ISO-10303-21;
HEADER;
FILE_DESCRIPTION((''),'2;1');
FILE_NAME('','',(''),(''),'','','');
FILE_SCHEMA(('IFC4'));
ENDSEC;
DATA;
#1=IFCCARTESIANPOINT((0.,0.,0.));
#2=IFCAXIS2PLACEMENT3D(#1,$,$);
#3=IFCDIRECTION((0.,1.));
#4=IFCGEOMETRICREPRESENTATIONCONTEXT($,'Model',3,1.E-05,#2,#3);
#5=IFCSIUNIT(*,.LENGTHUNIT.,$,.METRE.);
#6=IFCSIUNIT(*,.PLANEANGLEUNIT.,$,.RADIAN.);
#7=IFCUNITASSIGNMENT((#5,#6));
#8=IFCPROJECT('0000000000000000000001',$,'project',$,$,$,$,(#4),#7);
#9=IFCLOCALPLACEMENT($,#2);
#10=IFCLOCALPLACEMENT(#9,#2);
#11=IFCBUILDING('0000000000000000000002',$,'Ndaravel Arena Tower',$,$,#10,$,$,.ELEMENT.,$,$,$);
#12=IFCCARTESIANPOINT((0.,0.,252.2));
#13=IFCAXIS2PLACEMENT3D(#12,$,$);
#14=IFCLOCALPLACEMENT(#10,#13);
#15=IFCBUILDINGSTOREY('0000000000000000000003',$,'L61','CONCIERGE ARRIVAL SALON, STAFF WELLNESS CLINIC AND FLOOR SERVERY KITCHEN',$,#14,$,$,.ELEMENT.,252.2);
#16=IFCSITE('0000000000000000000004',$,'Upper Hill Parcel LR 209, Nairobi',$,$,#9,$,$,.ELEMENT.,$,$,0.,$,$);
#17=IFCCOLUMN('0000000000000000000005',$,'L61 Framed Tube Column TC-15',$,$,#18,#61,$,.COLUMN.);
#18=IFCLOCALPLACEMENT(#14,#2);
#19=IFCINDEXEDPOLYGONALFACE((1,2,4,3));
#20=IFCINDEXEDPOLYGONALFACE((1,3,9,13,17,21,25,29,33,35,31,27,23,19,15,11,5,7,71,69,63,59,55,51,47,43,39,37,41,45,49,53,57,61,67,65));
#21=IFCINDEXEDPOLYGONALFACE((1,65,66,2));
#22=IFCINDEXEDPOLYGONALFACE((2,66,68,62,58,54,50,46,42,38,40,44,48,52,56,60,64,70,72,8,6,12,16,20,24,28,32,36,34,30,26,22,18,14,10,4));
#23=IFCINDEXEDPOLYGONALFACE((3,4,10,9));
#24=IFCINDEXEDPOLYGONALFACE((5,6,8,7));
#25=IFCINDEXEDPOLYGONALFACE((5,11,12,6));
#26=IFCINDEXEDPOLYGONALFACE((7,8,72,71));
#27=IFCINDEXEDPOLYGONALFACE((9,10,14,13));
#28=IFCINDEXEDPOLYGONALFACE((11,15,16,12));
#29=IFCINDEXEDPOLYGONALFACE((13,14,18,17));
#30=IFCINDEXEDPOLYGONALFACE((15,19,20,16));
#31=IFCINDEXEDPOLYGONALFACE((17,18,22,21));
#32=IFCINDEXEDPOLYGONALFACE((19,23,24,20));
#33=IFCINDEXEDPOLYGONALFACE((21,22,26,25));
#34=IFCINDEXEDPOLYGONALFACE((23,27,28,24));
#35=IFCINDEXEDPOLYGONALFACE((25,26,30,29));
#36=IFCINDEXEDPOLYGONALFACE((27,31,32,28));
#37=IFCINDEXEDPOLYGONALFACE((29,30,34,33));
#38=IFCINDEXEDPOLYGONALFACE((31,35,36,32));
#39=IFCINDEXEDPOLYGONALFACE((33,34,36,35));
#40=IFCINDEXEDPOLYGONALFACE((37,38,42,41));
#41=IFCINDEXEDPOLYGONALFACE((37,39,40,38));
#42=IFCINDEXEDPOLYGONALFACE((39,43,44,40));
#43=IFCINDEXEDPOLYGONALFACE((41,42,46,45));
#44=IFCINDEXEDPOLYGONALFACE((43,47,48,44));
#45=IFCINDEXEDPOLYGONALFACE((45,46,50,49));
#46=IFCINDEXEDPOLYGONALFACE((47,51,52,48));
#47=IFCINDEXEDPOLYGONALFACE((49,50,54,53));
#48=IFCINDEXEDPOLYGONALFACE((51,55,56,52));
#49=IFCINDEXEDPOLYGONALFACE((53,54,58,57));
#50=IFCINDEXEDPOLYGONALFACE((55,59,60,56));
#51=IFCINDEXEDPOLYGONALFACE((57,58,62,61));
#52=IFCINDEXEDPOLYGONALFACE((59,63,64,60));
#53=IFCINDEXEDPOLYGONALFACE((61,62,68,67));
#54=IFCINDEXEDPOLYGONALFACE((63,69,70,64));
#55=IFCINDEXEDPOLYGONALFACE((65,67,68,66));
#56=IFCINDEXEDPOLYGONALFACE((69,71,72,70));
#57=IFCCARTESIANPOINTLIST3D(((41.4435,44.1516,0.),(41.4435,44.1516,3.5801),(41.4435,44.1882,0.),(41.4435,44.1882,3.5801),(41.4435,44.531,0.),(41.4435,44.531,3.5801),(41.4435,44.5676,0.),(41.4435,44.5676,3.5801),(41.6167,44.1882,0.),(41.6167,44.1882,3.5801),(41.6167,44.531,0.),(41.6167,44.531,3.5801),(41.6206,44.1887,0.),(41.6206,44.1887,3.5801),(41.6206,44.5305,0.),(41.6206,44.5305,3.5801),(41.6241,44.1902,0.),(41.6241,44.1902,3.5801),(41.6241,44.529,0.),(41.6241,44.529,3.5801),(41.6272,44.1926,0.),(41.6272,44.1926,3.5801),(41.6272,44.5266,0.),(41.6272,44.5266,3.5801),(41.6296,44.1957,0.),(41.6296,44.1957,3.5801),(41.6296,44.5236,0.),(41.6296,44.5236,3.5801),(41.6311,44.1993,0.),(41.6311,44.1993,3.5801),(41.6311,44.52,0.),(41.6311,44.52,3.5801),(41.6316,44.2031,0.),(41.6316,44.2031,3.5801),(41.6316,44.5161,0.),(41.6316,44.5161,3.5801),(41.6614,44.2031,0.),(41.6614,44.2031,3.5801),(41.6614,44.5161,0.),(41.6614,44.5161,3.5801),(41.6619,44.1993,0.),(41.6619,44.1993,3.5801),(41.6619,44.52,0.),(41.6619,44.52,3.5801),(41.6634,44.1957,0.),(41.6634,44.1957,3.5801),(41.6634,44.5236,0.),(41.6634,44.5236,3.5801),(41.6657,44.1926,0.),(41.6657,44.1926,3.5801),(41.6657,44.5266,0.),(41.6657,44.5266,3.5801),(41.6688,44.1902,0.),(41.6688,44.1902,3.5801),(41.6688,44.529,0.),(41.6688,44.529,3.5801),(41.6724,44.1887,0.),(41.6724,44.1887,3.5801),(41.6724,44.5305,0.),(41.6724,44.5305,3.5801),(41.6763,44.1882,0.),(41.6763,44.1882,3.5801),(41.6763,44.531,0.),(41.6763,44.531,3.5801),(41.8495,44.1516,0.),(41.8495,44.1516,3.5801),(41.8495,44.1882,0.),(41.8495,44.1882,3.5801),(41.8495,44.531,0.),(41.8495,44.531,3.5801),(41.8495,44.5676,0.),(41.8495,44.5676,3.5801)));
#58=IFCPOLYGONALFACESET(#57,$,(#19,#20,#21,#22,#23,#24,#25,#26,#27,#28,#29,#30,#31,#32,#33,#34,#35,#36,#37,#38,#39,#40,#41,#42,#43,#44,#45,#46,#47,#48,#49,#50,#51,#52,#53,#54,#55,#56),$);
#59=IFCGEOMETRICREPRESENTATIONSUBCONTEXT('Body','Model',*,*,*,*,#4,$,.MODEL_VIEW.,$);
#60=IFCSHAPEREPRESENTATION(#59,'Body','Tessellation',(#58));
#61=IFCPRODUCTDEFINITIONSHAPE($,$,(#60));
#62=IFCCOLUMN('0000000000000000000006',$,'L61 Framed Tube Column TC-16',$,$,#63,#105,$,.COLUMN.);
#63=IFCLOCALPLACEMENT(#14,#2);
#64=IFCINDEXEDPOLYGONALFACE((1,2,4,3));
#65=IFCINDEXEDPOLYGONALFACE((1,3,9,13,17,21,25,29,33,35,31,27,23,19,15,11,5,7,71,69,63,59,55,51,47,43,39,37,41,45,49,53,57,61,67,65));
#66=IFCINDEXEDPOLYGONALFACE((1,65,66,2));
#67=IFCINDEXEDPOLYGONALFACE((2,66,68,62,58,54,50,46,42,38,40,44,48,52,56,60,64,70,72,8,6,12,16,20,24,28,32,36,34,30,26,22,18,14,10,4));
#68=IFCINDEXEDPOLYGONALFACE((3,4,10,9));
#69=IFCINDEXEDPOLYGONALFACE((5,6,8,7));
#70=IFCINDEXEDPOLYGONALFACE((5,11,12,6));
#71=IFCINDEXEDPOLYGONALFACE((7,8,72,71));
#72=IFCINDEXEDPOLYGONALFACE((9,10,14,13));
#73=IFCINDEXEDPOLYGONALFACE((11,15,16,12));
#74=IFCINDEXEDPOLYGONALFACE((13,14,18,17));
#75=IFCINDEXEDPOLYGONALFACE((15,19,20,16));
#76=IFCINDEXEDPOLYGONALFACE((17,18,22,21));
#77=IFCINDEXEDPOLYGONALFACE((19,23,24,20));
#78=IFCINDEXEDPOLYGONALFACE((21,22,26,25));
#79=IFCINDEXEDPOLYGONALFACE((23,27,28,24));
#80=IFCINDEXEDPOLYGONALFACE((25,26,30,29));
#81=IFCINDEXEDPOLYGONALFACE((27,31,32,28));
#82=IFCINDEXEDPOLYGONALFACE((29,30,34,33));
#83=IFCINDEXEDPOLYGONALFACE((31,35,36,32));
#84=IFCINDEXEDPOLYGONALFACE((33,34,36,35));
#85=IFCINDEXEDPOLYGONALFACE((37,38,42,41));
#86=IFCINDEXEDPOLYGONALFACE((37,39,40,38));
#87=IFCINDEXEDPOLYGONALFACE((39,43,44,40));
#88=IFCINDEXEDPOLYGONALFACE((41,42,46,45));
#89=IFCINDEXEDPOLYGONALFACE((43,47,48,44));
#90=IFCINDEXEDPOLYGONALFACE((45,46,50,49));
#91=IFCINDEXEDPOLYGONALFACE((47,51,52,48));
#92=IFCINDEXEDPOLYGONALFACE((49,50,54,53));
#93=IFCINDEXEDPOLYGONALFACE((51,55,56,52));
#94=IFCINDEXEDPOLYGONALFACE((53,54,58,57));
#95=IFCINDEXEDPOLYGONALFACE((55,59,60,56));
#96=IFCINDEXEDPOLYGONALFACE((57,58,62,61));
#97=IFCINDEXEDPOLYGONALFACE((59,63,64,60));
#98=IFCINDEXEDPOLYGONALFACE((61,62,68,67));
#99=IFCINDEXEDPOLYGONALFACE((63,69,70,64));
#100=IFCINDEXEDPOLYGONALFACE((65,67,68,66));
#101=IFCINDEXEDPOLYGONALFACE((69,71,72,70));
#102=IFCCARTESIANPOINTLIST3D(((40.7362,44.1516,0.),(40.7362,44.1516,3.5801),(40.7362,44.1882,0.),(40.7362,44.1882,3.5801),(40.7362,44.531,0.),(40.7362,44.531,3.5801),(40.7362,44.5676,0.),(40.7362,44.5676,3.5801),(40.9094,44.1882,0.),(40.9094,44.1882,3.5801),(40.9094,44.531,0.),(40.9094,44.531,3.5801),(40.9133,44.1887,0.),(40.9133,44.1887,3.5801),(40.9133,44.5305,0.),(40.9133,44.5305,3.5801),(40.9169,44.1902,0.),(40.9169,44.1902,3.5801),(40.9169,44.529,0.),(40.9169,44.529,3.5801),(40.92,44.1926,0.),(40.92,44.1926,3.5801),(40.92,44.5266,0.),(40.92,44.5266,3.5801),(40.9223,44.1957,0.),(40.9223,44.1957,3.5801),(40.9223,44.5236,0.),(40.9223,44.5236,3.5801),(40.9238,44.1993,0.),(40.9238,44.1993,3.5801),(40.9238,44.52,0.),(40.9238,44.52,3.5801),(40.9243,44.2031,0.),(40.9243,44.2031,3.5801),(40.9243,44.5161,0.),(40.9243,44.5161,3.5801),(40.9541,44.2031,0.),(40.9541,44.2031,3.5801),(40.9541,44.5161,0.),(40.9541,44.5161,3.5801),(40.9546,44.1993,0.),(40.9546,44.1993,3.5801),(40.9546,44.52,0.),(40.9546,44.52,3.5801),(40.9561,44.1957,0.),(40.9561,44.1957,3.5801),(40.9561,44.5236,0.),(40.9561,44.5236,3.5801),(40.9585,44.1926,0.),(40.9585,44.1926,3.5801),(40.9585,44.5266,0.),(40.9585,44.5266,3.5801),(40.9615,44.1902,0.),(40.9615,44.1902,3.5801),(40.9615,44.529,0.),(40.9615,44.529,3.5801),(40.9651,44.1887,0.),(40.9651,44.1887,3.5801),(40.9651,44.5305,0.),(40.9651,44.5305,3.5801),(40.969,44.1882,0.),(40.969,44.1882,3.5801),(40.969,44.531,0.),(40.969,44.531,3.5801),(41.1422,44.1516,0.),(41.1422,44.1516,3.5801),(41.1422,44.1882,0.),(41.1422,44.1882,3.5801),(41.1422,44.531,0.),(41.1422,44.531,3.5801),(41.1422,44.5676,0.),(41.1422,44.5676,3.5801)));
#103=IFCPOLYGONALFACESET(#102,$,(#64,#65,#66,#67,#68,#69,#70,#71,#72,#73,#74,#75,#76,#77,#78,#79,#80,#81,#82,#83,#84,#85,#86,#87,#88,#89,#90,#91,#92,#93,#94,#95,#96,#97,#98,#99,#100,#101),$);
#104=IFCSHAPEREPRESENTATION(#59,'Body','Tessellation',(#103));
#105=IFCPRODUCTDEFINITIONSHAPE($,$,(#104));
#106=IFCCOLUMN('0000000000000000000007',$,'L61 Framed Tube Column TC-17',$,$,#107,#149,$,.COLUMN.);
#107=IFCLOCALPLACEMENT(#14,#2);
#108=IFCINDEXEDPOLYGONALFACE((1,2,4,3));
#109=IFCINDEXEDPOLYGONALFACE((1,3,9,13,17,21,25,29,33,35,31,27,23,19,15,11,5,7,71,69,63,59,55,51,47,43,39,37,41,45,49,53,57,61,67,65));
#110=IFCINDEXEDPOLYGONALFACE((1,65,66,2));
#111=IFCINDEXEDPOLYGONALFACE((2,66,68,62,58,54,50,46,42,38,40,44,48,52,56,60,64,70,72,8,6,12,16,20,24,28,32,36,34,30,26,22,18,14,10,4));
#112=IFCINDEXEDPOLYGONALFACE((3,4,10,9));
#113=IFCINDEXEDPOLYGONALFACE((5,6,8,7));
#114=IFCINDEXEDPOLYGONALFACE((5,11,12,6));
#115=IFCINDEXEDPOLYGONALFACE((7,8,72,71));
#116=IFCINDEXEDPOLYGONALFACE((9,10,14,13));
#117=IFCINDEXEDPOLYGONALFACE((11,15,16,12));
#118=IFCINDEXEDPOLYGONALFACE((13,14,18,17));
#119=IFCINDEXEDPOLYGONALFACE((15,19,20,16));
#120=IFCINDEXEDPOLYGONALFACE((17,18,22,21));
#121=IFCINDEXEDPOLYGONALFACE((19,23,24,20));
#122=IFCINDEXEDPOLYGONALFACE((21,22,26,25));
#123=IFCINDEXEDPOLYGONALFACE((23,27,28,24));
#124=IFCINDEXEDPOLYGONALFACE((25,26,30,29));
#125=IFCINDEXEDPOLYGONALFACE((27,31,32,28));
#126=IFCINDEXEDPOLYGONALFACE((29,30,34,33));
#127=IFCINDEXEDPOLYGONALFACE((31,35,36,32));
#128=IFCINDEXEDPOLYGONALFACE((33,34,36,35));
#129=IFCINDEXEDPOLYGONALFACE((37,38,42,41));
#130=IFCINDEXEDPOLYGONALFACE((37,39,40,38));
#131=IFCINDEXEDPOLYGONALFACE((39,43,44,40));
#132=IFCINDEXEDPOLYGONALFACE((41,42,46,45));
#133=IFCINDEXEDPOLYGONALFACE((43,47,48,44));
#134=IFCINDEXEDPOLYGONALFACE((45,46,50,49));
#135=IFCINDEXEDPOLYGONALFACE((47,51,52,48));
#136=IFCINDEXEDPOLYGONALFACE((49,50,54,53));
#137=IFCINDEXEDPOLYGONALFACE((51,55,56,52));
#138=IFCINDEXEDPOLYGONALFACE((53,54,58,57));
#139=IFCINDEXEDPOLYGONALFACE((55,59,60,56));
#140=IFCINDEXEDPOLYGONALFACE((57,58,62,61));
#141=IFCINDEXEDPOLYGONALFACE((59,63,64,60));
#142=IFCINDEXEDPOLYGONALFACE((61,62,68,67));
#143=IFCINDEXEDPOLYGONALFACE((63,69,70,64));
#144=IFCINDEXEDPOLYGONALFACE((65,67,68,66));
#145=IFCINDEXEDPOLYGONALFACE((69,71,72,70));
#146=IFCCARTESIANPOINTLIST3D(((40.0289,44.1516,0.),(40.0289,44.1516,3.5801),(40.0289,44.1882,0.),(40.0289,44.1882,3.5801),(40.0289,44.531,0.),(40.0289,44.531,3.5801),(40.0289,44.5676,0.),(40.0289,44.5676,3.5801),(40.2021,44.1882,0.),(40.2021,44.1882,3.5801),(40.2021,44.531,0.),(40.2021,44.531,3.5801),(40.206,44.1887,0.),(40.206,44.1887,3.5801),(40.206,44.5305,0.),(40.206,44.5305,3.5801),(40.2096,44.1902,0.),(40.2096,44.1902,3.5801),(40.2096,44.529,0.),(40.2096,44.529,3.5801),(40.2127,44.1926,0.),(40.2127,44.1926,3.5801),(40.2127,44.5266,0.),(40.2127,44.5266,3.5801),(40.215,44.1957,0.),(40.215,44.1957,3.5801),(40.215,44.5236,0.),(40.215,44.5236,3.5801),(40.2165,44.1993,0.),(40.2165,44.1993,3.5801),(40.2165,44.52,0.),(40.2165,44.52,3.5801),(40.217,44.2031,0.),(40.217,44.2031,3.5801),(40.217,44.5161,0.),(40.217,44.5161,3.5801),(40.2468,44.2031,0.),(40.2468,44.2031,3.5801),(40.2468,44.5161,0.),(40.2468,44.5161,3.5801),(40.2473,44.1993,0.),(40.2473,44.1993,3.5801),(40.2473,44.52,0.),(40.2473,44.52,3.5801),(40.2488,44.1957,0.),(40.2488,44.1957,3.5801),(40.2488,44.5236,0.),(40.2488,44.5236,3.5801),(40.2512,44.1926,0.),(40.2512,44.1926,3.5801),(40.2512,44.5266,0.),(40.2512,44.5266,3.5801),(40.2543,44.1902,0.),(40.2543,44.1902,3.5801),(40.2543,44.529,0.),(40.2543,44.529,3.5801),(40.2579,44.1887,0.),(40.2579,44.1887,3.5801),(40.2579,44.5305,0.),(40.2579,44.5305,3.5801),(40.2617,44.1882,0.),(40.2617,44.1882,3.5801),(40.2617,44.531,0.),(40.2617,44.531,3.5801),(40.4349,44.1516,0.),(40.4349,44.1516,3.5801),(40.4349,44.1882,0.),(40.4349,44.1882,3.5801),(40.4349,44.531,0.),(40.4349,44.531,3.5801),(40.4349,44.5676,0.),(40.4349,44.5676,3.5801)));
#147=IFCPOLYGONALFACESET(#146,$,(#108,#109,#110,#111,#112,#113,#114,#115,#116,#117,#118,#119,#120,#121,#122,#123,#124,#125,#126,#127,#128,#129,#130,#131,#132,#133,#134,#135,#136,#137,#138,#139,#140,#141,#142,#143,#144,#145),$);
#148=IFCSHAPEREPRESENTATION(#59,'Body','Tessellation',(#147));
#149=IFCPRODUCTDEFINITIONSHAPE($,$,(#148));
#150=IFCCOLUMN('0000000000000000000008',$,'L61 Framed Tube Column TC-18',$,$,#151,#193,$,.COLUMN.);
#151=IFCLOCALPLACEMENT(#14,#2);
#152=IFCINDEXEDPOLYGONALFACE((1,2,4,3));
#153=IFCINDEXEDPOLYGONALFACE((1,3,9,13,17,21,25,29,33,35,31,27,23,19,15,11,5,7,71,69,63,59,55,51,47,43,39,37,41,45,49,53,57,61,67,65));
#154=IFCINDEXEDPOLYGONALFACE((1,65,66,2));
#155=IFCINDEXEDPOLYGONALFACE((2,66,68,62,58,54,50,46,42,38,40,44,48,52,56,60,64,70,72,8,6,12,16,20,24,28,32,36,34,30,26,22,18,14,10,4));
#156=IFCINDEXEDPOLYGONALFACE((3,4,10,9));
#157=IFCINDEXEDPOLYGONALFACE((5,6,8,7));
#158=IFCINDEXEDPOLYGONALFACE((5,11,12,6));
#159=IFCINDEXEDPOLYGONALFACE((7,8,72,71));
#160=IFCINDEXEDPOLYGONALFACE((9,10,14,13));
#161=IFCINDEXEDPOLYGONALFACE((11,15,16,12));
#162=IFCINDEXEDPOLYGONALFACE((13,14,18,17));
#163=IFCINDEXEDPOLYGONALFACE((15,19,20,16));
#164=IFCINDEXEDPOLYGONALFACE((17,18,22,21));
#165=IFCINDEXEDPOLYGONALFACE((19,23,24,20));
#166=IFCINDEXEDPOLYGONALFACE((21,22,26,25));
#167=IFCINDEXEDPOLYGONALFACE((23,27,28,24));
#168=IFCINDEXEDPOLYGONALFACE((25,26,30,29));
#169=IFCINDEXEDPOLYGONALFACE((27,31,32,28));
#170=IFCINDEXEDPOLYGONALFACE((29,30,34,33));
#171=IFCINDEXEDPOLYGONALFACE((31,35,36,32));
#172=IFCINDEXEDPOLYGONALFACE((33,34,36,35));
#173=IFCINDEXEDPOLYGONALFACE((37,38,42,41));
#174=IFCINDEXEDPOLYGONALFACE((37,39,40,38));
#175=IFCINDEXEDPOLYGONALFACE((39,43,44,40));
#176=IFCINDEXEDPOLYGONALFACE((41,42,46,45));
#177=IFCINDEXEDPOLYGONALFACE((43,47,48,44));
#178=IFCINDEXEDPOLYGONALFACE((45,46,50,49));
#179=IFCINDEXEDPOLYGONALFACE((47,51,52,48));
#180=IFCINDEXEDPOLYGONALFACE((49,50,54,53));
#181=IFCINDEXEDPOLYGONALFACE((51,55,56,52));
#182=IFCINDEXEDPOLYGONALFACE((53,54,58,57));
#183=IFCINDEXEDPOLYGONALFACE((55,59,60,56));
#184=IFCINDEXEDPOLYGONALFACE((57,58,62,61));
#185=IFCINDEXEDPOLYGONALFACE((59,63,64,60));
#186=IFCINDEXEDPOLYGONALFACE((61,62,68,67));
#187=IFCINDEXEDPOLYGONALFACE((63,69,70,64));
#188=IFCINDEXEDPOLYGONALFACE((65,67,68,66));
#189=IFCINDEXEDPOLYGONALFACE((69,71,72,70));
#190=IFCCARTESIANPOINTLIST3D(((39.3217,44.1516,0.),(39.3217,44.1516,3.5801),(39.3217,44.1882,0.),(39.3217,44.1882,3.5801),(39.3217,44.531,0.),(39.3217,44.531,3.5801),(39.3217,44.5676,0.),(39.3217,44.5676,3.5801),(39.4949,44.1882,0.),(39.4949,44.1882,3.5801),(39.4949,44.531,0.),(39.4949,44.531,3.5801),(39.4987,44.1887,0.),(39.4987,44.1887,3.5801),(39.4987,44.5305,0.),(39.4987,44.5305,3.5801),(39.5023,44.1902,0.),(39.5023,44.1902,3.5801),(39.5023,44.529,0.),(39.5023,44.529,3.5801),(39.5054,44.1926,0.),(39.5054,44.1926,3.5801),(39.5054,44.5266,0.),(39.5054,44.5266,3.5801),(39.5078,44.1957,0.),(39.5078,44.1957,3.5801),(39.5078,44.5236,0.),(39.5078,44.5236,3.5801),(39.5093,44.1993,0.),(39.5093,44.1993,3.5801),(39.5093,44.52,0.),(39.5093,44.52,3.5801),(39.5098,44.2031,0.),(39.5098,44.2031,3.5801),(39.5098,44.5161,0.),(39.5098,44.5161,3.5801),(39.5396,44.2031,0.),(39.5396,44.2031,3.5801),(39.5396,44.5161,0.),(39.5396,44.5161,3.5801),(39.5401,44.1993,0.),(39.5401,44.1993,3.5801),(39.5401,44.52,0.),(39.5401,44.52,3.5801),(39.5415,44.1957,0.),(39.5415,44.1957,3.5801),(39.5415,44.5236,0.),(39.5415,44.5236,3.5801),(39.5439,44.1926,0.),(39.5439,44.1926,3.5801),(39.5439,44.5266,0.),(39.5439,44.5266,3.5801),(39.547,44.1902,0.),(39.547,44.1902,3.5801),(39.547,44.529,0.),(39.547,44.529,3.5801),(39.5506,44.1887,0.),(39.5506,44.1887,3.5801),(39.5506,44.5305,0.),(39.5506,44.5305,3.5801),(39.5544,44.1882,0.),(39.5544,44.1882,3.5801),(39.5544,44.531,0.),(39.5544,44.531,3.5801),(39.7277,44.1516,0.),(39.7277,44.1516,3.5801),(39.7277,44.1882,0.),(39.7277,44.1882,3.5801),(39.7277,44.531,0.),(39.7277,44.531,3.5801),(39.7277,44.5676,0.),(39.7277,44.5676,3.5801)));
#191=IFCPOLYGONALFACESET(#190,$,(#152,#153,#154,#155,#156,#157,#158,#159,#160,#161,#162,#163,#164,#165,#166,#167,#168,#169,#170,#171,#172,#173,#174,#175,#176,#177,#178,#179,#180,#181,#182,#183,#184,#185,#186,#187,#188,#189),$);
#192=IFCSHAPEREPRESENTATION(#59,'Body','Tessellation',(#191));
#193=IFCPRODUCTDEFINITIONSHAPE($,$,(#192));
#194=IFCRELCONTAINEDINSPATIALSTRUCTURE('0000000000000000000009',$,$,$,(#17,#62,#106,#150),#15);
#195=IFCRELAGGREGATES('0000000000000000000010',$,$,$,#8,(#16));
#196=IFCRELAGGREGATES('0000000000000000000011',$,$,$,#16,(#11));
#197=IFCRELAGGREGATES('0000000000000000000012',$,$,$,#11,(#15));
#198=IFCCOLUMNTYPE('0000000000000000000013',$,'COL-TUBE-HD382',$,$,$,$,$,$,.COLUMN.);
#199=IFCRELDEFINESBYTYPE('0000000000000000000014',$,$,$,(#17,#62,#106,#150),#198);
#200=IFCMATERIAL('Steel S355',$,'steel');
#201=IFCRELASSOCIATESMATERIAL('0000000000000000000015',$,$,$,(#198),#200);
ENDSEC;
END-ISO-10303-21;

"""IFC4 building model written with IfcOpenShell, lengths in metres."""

from ifc_helpers import new_model, si_unit, direction, frame, origin, origin_2d, place, context, subcontext, project, spatial, i_section, extrude, material, material_profile, profile_set, type_object, element, save


model = new_model("IFC4")

# Units and contexts
model_context = context("Model", 3, precision=1e-05, world=origin(), true_north=direction((0.0, 1.0)))
body_context = subcontext(model_context, "Body", "Model", "MODEL_VIEW")
ifc_project = project(units=[si_unit("LENGTHUNIT", "METRE"), si_unit("PLANEANGLEUNIT", "RADIAN")], contexts=[model_context])

# Site, building, storey
site_placement = place(None, origin())
site = spatial("IfcSite", under=ifc_project, at=site_placement, Name="Upper Hill Parcel LR 209, Nairobi", CompositionType="ELEMENT", RefElevation=0.0)
building_placement = place(site_placement, origin())
building = spatial("IfcBuilding", under=site, at=building_placement, Name="Ndaravel Arena Tower", CompositionType="ELEMENT")
storey_placement = place(building_placement, frame((0.0, 0.0, 252.2)))
storey = spatial("IfcBuildingStorey", under=building, at=storey_placement, Name="L61", Description="CONCIERGE ARRIVAL SALON, STAFF WELLNESS CLINIC AND FLOOR SERVERY KITCHEN", CompositionType="ELEMENT", Elevation=252.2)

# Columns
ifc_material_1 = material(Name="Steel S355", Category="steel")
ifc_material_profile_1 = material_profile(ifc_material_1, i_section(OverallWidth=0.406, OverallDepth=0.416, WebThickness=0.0298, FlangeThickness=0.0366, FilletRadius=0.0149, at=origin_2d()), Name="HD 400x382")
ifc_profile_set_1 = profile_set([ifc_material_profile_1], Name="Steel S355")
column_type = type_object("IfcColumnType", Name="COL-TUBE-HD382", PredefinedType="COLUMN", material=ifc_profile_set_1)
for number, where, z_axis, x_axis, name in (
    (1, (41.6465, 44.3596, 0.0), (0.0, 0.0, 1.0), (1.0, 0.0, 0.0), "L61 Framed Tube Column TC-15"),
    (2, (40.9392, 44.3596, 0.0), (0.0, 0.0, 1.0), (1.0, 0.0, 0.0), "L61 Framed Tube Column TC-16"),
    (3, (40.2319, 44.3596, 0.0), (0.0, 0.0, 1.0), (1.0, 0.0, 0.0), "L61 Framed Tube Column TC-17"),
    (4, (39.5247, 44.3596, 0.0), (0.0, 0.0, 1.0), (1.0, 0.0, 0.0), "L61 Framed Tube Column TC-18"),
):
    element("IfcColumn", number, at=place(storey_placement, frame(where, z_axis=z_axis, x_axis=x_axis)), inside=storey, type_object=column_type, Name=name, PredefinedType="COLUMN", context=body_context, shape_type="SweptSolid", body=[
        extrude(i_section(OverallWidth=0.406, OverallDepth=0.416, WebThickness=0.0298, FlangeThickness=0.0366, FilletRadius=0.0149, at=origin_2d()), origin(), (0.0, 0.0, 1.0), 3.5801),
    ])

save(model, "model.ifc")
